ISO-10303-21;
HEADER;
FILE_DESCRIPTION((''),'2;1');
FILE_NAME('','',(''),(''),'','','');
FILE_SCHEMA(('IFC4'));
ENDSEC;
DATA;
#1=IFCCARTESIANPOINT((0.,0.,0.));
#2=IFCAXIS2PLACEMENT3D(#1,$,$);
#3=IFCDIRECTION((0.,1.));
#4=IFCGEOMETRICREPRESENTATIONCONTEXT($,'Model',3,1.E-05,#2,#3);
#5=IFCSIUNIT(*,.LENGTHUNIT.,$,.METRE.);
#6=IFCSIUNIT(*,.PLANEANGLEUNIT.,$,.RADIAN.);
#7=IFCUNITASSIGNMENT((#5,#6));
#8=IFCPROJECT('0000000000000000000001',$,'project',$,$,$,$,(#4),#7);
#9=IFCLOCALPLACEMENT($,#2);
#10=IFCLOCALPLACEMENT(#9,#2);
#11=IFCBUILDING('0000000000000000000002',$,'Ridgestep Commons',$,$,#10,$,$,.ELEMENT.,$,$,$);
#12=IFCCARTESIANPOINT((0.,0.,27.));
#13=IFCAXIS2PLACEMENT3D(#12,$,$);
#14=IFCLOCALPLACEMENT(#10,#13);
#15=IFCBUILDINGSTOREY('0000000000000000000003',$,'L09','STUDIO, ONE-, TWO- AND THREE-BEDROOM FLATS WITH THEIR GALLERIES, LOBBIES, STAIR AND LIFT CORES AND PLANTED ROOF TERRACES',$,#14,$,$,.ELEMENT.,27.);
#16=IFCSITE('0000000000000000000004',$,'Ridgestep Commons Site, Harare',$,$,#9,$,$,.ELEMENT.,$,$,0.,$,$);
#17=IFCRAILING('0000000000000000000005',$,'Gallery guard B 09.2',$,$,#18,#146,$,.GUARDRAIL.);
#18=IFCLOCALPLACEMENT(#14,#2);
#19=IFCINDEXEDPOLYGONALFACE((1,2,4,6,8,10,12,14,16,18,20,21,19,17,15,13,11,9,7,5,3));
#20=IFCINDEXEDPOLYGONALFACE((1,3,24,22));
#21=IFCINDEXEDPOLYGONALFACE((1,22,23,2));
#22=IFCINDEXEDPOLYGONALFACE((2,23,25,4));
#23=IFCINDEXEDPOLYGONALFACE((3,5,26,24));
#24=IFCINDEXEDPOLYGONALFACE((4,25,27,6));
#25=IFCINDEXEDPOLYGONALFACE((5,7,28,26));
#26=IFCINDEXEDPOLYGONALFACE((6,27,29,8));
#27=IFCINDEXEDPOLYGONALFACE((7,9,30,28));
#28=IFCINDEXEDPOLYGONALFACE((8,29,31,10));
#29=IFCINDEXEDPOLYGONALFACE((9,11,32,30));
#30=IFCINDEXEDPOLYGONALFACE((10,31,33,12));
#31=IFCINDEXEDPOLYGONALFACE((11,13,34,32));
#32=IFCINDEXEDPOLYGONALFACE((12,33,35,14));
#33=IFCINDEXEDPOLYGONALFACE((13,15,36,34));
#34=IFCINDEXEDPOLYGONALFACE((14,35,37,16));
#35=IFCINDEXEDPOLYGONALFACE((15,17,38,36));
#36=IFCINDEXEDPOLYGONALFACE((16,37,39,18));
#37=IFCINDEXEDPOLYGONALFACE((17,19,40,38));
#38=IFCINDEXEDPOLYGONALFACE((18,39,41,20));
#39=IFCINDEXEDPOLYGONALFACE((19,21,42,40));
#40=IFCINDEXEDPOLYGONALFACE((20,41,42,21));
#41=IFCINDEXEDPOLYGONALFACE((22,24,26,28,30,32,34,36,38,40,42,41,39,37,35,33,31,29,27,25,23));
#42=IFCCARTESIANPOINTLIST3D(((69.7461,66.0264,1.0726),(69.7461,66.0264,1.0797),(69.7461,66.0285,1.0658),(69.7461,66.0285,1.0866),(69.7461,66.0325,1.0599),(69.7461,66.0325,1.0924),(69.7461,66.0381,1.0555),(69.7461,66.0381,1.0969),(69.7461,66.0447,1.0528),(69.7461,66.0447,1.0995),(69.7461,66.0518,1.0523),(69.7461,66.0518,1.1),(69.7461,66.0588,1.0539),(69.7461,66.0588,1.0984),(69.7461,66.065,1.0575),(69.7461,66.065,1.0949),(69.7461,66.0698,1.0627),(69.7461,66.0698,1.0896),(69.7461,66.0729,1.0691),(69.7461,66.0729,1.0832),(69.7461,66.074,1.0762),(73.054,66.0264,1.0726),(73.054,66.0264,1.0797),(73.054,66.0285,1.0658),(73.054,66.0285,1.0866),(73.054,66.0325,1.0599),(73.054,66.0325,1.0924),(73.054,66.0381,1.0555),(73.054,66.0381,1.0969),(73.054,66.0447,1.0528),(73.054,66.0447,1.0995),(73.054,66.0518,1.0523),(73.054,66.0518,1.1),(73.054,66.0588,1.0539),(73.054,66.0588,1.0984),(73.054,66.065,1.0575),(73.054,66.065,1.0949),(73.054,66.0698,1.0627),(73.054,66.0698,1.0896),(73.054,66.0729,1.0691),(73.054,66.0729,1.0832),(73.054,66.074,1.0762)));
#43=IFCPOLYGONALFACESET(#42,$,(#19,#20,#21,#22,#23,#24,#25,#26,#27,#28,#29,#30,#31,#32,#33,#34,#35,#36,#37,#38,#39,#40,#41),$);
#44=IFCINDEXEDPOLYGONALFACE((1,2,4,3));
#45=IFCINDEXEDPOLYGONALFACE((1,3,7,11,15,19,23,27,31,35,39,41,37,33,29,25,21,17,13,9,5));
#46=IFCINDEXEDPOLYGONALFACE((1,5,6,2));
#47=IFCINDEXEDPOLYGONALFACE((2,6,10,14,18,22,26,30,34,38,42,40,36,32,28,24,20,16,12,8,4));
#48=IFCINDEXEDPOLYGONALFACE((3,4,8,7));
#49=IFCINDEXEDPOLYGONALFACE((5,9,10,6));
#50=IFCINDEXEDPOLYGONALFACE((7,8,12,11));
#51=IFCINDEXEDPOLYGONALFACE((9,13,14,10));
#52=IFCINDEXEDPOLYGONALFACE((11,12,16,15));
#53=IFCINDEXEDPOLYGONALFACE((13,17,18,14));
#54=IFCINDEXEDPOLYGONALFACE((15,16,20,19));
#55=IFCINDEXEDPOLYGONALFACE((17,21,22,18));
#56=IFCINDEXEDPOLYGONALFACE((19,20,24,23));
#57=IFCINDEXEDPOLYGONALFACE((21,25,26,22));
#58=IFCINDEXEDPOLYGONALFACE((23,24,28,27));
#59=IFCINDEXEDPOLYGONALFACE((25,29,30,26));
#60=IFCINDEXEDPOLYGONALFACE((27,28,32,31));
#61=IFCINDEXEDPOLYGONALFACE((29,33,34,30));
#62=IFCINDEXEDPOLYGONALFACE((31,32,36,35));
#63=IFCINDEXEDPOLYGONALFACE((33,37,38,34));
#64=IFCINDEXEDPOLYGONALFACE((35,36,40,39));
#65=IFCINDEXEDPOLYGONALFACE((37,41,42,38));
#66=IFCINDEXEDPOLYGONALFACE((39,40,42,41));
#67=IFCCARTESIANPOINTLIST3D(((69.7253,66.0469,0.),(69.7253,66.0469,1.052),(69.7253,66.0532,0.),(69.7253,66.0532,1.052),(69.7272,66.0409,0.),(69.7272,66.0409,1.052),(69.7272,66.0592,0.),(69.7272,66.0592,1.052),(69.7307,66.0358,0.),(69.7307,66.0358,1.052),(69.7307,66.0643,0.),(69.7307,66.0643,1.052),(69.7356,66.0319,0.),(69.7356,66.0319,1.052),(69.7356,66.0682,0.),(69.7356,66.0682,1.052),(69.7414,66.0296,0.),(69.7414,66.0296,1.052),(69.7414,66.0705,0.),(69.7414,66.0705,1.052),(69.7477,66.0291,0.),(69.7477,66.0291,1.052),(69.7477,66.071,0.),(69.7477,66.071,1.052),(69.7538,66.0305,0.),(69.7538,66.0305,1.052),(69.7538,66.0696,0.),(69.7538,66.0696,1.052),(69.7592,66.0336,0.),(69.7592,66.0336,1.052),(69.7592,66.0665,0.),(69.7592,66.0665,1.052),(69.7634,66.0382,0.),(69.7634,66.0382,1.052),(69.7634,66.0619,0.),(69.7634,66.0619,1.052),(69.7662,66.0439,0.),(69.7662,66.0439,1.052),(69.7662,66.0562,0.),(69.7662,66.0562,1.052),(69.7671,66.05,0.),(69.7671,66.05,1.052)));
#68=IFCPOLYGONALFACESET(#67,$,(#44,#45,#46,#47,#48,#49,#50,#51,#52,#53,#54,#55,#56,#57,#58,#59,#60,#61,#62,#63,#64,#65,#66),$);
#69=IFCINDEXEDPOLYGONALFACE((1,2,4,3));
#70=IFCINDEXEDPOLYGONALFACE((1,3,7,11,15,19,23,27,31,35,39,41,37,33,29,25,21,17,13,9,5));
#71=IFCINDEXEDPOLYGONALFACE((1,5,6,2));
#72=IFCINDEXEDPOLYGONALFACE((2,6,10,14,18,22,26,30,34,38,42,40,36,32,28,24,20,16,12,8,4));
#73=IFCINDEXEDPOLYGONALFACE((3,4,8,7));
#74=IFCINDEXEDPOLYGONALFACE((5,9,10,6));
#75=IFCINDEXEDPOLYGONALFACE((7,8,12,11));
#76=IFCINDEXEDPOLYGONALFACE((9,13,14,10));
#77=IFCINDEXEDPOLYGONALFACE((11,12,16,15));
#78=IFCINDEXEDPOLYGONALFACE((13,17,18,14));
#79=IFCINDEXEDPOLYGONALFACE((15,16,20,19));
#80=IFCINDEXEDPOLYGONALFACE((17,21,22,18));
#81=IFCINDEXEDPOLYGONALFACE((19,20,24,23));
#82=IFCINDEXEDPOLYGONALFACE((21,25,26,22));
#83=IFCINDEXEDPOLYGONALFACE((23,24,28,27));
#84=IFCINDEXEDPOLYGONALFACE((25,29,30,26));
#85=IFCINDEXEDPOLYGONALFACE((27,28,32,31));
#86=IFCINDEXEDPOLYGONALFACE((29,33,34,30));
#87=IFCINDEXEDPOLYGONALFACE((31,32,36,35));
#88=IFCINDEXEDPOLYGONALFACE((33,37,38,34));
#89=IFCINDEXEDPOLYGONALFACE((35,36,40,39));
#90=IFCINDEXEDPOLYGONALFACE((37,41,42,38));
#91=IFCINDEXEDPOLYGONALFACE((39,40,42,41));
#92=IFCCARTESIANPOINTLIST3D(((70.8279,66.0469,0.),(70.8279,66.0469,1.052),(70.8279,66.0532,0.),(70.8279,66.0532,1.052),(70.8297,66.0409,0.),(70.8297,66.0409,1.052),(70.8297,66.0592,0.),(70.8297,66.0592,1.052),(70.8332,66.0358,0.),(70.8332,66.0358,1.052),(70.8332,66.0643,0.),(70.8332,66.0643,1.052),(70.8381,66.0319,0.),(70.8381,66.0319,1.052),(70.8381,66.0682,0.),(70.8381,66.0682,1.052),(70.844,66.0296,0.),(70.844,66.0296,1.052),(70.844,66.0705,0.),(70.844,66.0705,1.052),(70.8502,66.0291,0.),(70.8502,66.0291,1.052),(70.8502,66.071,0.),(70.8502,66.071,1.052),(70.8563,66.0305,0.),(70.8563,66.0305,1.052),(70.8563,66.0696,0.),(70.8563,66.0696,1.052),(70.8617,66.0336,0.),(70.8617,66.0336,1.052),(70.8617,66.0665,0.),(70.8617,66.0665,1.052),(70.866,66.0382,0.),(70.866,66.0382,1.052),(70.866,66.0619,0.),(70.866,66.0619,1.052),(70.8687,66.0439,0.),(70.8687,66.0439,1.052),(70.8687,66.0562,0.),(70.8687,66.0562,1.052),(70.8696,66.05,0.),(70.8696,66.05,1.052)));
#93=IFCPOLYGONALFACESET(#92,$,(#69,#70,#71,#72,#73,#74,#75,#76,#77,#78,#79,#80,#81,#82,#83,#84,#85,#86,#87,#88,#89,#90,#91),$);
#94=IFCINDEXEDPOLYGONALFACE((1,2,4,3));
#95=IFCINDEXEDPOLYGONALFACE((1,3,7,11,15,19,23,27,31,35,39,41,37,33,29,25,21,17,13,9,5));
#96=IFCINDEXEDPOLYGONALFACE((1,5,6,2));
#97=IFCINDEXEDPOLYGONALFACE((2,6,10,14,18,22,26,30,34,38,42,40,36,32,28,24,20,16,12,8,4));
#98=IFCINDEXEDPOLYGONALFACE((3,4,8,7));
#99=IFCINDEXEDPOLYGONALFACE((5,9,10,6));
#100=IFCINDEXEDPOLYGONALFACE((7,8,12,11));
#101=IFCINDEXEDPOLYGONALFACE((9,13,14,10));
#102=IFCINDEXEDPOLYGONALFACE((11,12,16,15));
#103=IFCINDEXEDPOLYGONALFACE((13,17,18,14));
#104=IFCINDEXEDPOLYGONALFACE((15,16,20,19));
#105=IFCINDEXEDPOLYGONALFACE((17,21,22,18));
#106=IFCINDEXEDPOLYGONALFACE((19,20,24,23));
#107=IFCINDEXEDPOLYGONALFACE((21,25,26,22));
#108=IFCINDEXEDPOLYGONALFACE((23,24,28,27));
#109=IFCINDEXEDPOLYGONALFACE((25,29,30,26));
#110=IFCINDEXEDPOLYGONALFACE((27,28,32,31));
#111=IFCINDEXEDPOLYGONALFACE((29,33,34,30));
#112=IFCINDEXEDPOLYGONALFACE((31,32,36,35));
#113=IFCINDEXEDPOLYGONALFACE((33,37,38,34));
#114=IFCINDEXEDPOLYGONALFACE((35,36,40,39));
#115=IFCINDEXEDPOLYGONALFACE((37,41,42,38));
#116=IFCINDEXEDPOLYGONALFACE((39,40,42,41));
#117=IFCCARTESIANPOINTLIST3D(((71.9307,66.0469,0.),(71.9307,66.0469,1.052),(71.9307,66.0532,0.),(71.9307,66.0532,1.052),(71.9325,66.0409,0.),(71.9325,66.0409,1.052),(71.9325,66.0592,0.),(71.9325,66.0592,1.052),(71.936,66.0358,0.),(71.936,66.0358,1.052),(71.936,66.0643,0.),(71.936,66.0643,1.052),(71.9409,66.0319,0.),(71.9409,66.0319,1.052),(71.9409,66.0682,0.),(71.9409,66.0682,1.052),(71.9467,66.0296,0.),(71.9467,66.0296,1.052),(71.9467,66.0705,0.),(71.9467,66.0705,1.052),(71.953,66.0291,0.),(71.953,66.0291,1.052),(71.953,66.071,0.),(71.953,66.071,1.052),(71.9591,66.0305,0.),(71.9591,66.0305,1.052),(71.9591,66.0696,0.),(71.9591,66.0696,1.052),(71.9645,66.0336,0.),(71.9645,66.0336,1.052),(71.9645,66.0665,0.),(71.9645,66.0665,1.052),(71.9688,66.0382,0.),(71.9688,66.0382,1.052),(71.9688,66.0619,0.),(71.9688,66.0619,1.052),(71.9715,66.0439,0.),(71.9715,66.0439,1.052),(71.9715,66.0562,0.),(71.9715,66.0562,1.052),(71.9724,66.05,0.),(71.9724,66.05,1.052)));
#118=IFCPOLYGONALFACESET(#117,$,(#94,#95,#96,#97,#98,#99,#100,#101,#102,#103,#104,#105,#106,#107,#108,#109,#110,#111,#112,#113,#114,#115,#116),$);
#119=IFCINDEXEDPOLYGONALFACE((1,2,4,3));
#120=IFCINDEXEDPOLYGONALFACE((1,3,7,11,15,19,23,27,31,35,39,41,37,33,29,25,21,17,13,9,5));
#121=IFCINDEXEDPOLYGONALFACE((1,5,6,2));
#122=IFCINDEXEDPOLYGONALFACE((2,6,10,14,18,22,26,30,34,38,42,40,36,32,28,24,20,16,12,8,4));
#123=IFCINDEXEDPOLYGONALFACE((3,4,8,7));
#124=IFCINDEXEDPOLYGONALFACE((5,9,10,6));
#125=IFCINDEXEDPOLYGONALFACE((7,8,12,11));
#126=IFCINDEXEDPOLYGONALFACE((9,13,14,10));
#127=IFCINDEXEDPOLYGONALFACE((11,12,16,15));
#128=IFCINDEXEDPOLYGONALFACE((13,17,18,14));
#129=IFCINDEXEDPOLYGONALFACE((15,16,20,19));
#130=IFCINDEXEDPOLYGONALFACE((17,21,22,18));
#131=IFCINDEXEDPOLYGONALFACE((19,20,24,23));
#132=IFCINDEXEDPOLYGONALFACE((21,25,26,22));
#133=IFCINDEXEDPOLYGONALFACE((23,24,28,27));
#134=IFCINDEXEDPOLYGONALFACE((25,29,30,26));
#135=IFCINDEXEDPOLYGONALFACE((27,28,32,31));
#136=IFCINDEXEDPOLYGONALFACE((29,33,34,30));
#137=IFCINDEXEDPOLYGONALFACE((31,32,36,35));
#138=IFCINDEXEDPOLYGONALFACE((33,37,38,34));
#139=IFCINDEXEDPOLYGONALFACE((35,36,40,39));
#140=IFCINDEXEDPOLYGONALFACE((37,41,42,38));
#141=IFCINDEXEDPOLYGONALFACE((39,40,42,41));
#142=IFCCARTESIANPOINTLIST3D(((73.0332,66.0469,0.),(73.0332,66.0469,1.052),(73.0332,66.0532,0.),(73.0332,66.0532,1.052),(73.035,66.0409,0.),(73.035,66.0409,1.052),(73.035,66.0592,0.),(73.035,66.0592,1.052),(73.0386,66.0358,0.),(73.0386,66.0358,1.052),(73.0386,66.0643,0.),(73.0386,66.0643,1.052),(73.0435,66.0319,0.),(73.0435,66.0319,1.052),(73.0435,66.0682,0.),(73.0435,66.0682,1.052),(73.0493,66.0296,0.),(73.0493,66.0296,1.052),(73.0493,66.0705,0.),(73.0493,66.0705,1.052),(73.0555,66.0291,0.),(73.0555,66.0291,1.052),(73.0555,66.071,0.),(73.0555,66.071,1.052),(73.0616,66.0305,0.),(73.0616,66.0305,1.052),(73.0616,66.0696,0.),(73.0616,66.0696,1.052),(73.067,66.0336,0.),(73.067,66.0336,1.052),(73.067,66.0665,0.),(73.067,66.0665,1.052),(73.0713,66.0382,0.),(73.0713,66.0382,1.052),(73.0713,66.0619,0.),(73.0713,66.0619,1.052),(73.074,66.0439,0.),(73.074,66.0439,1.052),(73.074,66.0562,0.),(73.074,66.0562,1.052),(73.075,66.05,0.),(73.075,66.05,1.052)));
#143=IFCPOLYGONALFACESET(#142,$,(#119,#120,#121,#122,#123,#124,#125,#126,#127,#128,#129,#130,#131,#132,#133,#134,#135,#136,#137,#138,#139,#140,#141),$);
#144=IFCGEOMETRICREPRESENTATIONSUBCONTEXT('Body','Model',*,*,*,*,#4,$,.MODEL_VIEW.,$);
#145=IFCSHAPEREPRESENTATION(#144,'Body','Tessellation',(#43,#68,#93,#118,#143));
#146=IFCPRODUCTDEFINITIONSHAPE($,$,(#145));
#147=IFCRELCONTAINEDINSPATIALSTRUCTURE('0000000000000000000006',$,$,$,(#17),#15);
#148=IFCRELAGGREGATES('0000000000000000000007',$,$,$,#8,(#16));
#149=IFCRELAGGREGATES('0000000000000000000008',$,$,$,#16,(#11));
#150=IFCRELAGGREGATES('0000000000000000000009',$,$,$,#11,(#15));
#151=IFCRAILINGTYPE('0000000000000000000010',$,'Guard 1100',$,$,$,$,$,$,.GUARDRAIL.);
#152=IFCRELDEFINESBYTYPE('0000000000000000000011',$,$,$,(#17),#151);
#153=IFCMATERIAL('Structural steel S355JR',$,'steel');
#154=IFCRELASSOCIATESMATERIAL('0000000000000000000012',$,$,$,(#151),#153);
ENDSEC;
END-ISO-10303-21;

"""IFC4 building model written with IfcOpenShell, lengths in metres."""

from ifc_helpers import new_model, si_unit, direction, frame, origin, origin_2d, place, context, subcontext, project, spatial, circle, extrude, material, type_object, element, save


model = new_model("IFC4")

# Units and contexts
model_context = context("Model", 3, precision=1e-05, world=origin(), true_north=direction((0.0, 1.0)))
body_context = subcontext(model_context, "Body", "Model", "MODEL_VIEW")
ifc_project = project(units=[si_unit("LENGTHUNIT", "METRE"), si_unit("PLANEANGLEUNIT", "RADIAN")], contexts=[model_context])

# Site, building, storey
site_placement = place(None, origin())
site = spatial("IfcSite", under=ifc_project, at=site_placement, Name="Ridgestep Commons Site, Harare", CompositionType="ELEMENT", RefElevation=0.0)
building_placement = place(site_placement, origin())
building = spatial("IfcBuilding", under=site, at=building_placement, Name="Ridgestep Commons", CompositionType="ELEMENT")
storey_placement = place(building_placement, frame((0.0, 0.0, 27.0)))
storey = spatial("IfcBuildingStorey", under=building, at=storey_placement, Name="L09", Description="STUDIO, ONE-, TWO- AND THREE-BEDROOM FLATS WITH THEIR GALLERIES, LOBBIES, STAIR AND LIFT CORES AND PLANTED ROOF TERRACES", CompositionType="ELEMENT", Elevation=27.0)

# Railing
ifc_material_1 = material(Name="Structural steel S355JR", Category="steel")
railing_type_1 = type_object("IfcRailingType", Name="Guard 1100", PredefinedType="GUARDRAIL", material=ifc_material_1)
railing_1_placement = place(storey_placement, frame((69.7461, 66.05, 0.0)))
element("IfcRailing", 1, at=railing_1_placement, inside=storey, type_object=railing_type_1, Name="Gallery guard B 09.2", PredefinedType="GUARDRAIL", context=body_context, shape_type="SweptSolid", body=[
    extrude(circle(Radius=0.0239, at=origin_2d()), frame((0.0, 0.0, 1.0762), z_axis=(1.0, 0.0, 0.0), x_axis=(0.0, 1.0, 0.0)), (0.0, 0.0, 1.0), 3.3079),
    extrude(circle(Radius=0.021, at=origin_2d()), origin(), (0.0, 0.0, 1.0), 1.052),
    extrude(circle(Radius=0.021, at=origin_2d()), frame((1.1025, 0.0, 0.0)), (0.0, 0.0, 1.0), 1.052),
    extrude(circle(Radius=0.021, at=origin_2d()), frame((2.2053, 0.0, 0.0)), (0.0, 0.0, 1.0), 1.052),
    extrude(circle(Radius=0.021, at=origin_2d()), frame((3.3079, 0.0, 0.0)), (0.0, 0.0, 1.0), 1.052),
])

save(model, "model.ifc")
